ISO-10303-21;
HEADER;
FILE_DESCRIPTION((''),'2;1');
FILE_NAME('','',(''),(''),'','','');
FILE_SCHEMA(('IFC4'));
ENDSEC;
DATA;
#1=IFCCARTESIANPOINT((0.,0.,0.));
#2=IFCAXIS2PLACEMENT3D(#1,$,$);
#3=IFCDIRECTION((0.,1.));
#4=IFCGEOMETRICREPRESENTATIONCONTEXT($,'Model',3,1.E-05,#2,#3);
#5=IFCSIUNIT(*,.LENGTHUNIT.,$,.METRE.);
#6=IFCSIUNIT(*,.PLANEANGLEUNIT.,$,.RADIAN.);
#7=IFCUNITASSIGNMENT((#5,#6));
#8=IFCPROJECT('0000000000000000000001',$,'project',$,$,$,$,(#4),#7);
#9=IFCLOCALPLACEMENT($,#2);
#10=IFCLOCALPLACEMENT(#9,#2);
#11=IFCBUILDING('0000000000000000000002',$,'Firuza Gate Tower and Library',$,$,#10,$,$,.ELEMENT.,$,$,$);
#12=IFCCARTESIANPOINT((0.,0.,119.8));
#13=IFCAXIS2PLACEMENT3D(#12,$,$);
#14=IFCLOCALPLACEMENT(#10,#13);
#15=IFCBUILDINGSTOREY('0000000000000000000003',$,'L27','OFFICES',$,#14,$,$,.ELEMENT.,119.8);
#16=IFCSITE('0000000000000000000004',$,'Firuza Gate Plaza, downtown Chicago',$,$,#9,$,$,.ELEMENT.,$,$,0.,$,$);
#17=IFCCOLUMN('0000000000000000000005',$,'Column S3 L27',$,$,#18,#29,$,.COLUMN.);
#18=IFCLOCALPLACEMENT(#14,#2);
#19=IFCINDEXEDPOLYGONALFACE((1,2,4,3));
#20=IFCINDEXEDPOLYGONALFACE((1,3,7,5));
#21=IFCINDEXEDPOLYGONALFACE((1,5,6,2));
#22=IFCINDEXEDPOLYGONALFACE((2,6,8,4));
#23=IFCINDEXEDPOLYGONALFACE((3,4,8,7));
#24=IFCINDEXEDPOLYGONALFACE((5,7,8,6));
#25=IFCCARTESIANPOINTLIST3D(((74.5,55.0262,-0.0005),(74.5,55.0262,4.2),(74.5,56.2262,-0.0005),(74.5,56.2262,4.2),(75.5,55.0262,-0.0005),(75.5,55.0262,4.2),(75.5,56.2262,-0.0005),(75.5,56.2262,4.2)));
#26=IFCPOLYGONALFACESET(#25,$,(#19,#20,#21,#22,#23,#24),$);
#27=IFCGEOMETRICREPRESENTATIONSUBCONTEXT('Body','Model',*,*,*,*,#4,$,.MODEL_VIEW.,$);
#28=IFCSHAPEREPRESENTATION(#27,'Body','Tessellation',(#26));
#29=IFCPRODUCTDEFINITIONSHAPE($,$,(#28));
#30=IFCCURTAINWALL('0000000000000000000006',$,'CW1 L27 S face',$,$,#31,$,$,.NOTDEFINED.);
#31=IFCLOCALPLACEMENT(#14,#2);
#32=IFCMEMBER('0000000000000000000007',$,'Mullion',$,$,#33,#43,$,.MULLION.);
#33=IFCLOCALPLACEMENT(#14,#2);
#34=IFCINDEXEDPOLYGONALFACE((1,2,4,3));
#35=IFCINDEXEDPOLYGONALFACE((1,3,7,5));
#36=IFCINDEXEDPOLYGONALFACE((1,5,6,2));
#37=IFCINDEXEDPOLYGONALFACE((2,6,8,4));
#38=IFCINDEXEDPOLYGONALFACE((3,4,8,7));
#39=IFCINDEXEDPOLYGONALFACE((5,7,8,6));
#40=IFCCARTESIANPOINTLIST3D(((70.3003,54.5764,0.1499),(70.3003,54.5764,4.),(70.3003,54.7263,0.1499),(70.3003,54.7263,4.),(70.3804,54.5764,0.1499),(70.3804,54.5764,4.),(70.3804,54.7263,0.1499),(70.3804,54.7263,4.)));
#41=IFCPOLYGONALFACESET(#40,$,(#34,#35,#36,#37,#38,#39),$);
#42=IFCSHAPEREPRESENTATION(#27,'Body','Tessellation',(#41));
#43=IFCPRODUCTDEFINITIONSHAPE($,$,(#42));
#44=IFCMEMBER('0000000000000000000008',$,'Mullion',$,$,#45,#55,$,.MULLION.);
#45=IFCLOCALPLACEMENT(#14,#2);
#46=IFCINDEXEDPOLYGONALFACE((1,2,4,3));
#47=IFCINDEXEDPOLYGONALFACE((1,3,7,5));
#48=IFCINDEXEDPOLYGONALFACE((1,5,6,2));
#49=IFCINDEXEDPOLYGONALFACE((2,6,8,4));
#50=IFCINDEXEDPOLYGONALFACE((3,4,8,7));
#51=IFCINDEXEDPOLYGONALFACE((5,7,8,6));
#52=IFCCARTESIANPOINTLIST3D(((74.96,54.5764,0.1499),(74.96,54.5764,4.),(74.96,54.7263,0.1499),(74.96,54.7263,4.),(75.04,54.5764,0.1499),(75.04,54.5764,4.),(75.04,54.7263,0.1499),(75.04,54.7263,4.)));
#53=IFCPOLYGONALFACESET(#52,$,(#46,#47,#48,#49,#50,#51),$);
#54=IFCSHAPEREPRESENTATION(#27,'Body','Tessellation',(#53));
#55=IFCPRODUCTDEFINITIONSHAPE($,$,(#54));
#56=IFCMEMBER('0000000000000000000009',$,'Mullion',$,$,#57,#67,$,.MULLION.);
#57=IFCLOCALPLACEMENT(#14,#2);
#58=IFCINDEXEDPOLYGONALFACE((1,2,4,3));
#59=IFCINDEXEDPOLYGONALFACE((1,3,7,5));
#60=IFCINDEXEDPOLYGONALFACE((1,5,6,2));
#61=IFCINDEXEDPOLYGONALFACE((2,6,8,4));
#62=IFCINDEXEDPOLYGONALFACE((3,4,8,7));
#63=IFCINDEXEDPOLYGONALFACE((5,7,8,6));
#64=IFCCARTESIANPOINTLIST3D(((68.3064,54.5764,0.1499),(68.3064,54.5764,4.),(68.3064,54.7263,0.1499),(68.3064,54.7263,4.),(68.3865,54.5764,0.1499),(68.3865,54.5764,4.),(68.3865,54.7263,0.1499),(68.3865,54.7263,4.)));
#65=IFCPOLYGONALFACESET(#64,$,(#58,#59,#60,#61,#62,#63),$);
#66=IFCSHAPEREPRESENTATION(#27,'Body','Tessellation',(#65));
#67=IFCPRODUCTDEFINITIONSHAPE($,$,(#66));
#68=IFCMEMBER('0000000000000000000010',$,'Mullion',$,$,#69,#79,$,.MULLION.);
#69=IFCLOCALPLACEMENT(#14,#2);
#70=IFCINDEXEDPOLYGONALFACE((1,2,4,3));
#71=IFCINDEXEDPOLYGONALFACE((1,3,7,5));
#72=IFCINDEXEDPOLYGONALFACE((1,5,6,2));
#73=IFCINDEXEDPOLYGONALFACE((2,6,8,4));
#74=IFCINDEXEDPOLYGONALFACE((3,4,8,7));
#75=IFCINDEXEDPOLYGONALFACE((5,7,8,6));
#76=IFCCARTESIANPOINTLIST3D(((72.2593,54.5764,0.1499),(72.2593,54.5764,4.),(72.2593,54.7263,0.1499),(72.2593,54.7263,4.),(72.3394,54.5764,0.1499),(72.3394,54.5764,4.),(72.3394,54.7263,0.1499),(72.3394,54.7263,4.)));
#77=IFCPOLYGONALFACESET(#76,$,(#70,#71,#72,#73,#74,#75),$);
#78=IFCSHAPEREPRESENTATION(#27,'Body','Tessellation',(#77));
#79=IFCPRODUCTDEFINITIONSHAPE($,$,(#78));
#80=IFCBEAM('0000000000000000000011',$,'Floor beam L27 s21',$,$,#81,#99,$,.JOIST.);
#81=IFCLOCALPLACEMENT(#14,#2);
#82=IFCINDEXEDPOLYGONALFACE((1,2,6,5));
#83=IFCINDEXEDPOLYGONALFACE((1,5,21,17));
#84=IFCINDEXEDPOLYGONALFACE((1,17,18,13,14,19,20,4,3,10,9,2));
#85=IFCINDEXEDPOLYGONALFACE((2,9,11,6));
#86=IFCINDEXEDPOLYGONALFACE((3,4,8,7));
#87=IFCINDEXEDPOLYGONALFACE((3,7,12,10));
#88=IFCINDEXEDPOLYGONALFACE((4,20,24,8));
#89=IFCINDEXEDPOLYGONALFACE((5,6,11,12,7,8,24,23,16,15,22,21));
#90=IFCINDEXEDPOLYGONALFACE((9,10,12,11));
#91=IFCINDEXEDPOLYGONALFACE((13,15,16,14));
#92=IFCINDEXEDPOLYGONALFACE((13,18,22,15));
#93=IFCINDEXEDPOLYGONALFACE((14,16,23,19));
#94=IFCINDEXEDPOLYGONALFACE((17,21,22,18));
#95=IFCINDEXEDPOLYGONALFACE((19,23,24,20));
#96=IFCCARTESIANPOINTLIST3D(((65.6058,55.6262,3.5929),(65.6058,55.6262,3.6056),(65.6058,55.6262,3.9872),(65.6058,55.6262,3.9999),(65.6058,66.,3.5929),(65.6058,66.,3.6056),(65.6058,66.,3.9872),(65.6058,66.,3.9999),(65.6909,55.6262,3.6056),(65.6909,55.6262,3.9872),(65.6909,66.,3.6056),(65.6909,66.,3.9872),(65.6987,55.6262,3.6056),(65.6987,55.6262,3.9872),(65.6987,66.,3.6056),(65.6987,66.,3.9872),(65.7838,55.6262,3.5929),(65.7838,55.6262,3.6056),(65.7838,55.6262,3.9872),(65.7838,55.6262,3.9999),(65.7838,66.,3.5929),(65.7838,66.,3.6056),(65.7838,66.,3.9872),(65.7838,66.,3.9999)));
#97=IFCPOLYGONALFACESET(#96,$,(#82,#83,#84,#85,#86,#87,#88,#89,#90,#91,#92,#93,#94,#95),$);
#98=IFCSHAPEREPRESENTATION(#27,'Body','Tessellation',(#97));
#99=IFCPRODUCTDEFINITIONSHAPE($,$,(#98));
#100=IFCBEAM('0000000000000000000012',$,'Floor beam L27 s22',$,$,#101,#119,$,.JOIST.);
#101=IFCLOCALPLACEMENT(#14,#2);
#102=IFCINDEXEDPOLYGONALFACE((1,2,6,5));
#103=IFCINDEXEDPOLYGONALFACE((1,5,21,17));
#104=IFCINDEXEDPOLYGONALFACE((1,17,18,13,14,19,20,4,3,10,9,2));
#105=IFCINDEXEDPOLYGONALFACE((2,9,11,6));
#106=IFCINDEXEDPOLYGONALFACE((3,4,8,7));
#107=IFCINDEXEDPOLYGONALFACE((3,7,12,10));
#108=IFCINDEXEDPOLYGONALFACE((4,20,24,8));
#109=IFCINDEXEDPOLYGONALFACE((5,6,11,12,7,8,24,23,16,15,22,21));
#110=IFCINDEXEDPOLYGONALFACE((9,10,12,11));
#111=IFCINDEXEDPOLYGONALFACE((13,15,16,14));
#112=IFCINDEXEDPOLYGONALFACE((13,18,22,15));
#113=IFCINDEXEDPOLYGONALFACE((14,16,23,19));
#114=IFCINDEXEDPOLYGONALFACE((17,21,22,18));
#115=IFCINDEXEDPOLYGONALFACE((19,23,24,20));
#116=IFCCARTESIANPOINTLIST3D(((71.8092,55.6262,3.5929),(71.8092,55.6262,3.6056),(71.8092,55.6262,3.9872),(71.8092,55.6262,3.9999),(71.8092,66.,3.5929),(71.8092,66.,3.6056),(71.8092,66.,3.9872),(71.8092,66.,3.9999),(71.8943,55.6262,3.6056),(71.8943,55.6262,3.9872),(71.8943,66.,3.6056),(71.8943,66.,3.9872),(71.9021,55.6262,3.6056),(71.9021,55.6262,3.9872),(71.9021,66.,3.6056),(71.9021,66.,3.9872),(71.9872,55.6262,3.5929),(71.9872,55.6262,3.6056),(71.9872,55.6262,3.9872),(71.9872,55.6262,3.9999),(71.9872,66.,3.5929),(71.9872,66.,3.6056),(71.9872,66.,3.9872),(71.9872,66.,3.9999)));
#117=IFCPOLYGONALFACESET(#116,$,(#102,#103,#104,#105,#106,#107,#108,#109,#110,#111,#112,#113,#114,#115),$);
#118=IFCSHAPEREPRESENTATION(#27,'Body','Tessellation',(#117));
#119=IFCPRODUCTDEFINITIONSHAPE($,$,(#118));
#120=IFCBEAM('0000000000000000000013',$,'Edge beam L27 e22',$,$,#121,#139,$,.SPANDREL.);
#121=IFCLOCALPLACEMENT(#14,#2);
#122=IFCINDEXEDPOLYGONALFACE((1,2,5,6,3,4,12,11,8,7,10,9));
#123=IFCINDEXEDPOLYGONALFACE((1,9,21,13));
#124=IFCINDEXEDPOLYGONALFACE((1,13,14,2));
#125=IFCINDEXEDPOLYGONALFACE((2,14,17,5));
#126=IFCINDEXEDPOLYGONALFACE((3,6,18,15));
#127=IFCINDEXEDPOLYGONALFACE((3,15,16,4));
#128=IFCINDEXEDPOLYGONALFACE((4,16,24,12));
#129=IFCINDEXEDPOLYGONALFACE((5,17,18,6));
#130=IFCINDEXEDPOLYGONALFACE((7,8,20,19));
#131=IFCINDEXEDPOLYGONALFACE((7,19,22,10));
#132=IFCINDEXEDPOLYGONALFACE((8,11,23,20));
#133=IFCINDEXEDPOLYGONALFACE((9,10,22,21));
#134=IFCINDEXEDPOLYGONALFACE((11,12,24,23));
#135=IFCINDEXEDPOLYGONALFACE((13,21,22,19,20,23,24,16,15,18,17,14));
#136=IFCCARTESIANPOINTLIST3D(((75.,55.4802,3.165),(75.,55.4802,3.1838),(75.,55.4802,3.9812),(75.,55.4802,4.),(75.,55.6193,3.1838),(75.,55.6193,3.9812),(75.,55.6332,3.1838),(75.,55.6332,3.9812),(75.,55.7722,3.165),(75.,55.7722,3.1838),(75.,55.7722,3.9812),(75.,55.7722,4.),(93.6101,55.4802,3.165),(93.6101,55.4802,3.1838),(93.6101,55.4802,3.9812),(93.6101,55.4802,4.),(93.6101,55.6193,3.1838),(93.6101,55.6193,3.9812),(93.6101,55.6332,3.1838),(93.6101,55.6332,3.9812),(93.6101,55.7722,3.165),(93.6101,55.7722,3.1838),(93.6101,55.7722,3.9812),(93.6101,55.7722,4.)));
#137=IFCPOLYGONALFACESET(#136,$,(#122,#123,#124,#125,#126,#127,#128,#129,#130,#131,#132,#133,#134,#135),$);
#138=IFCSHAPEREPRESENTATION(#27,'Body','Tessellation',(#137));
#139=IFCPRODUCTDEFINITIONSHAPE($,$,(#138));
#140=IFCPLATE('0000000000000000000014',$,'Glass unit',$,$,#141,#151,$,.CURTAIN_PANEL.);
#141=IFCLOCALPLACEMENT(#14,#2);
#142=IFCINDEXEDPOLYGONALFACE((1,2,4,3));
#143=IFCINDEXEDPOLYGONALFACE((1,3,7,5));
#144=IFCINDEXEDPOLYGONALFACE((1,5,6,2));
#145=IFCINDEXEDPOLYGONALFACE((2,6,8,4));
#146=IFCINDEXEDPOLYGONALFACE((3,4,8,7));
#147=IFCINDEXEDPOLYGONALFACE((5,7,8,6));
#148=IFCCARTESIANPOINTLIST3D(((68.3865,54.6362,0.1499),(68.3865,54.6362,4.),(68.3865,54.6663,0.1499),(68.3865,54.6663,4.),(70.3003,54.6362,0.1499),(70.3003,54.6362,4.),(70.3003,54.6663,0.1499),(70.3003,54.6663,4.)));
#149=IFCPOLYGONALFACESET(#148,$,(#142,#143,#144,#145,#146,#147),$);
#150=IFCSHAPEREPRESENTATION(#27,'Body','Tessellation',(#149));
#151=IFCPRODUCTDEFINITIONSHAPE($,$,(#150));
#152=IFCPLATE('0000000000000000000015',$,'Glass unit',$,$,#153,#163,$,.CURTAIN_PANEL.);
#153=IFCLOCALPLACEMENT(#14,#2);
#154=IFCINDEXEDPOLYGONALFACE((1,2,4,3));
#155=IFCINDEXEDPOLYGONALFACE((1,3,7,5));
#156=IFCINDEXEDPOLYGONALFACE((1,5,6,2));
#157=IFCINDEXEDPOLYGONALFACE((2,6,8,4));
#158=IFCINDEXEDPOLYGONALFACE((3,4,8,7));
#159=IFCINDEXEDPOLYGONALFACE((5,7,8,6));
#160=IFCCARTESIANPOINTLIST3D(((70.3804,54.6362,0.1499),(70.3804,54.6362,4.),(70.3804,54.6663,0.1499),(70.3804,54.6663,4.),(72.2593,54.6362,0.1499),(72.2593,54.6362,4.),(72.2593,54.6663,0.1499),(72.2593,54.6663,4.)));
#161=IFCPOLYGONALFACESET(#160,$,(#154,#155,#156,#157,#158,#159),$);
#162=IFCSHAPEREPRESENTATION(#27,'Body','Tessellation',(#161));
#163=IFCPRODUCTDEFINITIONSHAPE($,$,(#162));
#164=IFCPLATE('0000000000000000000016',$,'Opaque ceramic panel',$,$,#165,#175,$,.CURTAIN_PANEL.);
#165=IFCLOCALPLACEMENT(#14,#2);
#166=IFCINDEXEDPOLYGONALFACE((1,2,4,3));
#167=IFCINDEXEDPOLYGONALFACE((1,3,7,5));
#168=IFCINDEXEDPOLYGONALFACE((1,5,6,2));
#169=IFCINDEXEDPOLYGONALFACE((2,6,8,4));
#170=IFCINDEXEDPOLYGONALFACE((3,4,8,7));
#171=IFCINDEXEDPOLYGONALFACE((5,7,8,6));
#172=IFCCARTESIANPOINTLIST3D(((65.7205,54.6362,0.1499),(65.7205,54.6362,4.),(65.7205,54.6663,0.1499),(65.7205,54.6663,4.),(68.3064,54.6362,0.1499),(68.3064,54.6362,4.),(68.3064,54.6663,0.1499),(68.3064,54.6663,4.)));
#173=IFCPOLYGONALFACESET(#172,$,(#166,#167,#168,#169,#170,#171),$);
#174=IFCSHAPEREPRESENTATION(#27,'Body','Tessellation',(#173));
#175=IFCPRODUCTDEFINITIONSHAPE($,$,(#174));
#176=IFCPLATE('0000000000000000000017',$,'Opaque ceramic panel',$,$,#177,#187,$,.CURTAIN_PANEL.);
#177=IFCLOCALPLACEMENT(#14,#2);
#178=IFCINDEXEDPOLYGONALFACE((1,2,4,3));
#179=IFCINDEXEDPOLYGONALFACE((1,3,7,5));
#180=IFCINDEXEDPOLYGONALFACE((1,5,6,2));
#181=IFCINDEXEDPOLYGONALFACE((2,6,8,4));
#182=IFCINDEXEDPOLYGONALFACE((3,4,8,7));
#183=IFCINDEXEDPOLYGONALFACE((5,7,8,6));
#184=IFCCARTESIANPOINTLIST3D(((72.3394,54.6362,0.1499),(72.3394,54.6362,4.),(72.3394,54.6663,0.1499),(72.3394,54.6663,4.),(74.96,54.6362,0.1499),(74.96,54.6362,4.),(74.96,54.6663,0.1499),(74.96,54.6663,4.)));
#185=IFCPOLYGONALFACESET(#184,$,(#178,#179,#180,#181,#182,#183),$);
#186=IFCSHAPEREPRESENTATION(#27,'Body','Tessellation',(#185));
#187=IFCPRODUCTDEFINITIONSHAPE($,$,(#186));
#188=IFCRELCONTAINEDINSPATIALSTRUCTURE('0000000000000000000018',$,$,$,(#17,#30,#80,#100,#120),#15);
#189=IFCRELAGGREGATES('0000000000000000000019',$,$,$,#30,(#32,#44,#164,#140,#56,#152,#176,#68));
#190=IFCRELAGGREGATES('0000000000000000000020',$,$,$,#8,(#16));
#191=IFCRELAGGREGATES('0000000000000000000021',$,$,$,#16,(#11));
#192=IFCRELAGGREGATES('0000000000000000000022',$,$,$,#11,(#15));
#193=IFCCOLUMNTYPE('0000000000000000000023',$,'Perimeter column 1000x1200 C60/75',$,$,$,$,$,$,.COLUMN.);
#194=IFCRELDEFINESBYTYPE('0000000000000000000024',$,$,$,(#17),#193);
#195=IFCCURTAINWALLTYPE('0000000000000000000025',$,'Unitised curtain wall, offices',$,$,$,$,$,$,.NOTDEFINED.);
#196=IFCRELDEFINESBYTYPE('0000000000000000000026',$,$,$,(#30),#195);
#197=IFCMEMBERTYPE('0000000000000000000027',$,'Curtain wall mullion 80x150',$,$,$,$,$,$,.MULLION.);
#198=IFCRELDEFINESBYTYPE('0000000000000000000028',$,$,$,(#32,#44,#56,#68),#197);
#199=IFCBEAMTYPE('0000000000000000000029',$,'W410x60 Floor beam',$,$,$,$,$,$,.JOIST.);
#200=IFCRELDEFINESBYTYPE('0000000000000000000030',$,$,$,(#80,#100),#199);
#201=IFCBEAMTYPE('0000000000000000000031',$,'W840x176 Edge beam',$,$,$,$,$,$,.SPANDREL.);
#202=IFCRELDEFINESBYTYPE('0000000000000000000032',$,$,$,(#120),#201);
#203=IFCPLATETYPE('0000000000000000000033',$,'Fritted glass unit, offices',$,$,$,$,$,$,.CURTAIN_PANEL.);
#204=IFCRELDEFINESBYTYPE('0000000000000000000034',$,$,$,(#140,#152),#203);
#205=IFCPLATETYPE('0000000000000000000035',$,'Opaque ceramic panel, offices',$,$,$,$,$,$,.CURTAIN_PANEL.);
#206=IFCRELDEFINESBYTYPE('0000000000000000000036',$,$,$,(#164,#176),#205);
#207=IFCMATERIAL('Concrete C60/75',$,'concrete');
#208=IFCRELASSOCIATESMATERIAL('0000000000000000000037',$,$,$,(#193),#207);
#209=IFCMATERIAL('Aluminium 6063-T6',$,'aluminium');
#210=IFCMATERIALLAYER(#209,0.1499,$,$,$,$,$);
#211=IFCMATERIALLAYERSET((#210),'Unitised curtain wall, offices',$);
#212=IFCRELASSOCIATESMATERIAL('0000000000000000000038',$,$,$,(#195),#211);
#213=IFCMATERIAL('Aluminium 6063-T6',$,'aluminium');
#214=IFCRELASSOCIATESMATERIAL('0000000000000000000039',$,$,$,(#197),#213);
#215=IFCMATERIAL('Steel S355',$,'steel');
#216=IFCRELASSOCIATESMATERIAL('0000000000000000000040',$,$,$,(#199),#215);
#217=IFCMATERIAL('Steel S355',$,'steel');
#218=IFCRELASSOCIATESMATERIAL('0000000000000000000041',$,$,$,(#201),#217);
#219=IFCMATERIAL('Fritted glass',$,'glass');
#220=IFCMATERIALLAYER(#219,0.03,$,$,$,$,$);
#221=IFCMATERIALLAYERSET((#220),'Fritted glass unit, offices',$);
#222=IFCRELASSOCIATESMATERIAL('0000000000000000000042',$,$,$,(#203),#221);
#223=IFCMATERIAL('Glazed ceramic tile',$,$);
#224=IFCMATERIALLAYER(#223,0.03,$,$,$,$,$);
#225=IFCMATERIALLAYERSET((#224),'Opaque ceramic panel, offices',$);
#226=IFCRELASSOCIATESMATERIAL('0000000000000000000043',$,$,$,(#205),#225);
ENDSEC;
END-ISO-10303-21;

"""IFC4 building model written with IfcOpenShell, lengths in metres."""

from ifc_helpers import new_model, si_unit, direction, frame, origin, origin_2d, place, context, subcontext, project, spatial, polyline, rectangle, i_section, outline, extrude, material, layer, layer_set, material_profile, profile_set, type_object, element, aggregate, save


model = new_model("IFC4")

# Units and contexts
model_context = context("Model", 3, precision=1e-05, world=origin(), true_north=direction((0.0, 1.0)))
body_context = subcontext(model_context, "Body", "Model", "MODEL_VIEW")
ifc_project = project(units=[si_unit("LENGTHUNIT", "METRE"), si_unit("PLANEANGLEUNIT", "RADIAN")], contexts=[model_context])

# Site, building, storey
site_placement = place(None, origin())
site = spatial("IfcSite", under=ifc_project, at=site_placement, Name="Firuza Gate Plaza, downtown Chicago", CompositionType="ELEMENT", RefElevation=0.0)
building_placement = place(site_placement, origin())
building = spatial("IfcBuilding", under=site, at=building_placement, Name="Firuza Gate Tower and Library", CompositionType="ELEMENT")
storey_placement = place(building_placement, frame((0.0, 0.0, 119.8)))
storey = spatial("IfcBuildingStorey", under=building, at=storey_placement, Name="L27", Description="OFFICES", CompositionType="ELEMENT", Elevation=119.8)

# Column
ifc_material_1 = material(Name="Concrete C60/75", Category="concrete")
ifc_material_profile_1 = material_profile(ifc_material_1, rectangle(XDim=1.0, YDim=1.2, at=origin_2d()))
ifc_profile_set_1 = profile_set([ifc_material_profile_1], Name="Concrete C60/75")
column_type = type_object("IfcColumnType", Name="Perimeter column 1000x1200 C60/75", PredefinedType="COLUMN", material=ifc_profile_set_1)
column_placement = place(storey_placement, frame((75.0, 55.6262, -0.0005), z_axis=(0.0, 0.0, 1.0), x_axis=(1.0, 0.0, 0.0)))
element("IfcColumn", 1, at=column_placement, inside=storey, type_object=column_type, Name="Column S3 L27", PredefinedType="COLUMN", context=body_context, shape_type="SweptSolid", body=[
    extrude(rectangle(XDim=1.0, YDim=1.2, at=origin_2d()), origin(), (0.0, 0.0, 1.0), 4.2004),
])

# Curtain wall, members
ifc_material_2 = material(Name="Aluminium 6063-T6", Category="aluminium")
ifc_layer_1 = layer(ifc_material_2, 0.1499)
ifc_layer_set_1 = layer_set([ifc_layer_1], Name="Unitised curtain wall, offices")
curtain_wall_type = type_object("IfcCurtainWallType", Name="Unitised curtain wall, offices", PredefinedType="NOTDEFINED", material=ifc_layer_set_1)
curtain_wall_placement = place(storey_placement, origin())
curtain_wall = element("IfcCurtainWall", 2, at=curtain_wall_placement, inside=storey, type_object=curtain_wall_type, Name="CW1 L27 S face", PredefinedType="NOTDEFINED")
ifc_material_3 = material(Name="Aluminium 6063-T6", Category="aluminium")
ifc_material_profile_2 = material_profile(ifc_material_3, rectangle(XDim=0.1499, YDim=0.0801, at=origin_2d()))
ifc_profile_set_2 = profile_set([ifc_material_profile_2], Name="Aluminium 6063-T6")
member_type = type_object("IfcMemberType", Name="Curtain wall mullion 80x150", PredefinedType="MULLION", material=ifc_profile_set_2)
member_1_placement = place(storey_placement, frame((70.3403, 54.6514, 0.1499), z_axis=(0.0, 0.0, 1.0), x_axis=(0.0, 1.0, 0.0)))
member_1 = element("IfcMember", 3, at=member_1_placement, type_object=member_type, Name="Mullion", PredefinedType="MULLION", context=body_context, shape_type="SweptSolid", body=[
    extrude(rectangle(XDim=0.1499, YDim=0.0801, at=origin_2d()), origin(), (0.0, 0.0, 1.0), 3.8501),
])
member_2_placement = place(storey_placement, frame((75.0, 54.6514, 0.1499), z_axis=(0.0, 0.0, 1.0), x_axis=(0.0, 1.0, 0.0)))
member_2 = element("IfcMember", 4, at=member_2_placement, type_object=member_type, Name="Mullion", PredefinedType="MULLION", context=body_context, shape_type="SweptSolid", body=[
    extrude(rectangle(XDim=0.1499, YDim=0.0801, at=origin_2d()), origin(), (0.0, 0.0, 1.0), 3.8501),
])
member_3_placement = place(storey_placement, frame((68.3464, 54.6514, 0.1499), z_axis=(0.0, 0.0, 1.0), x_axis=(0.0, 1.0, 0.0)))
member_3 = element("IfcMember", 5, at=member_3_placement, type_object=member_type, Name="Mullion", PredefinedType="MULLION", context=body_context, shape_type="SweptSolid", body=[
    extrude(rectangle(XDim=0.1499, YDim=0.0801, at=origin_2d()), origin(), (0.0, 0.0, 1.0), 3.8501),
])
member_4_placement = place(storey_placement, frame((72.2993, 54.6514, 0.1499), z_axis=(0.0, 0.0, 1.0), x_axis=(0.0, 1.0, 0.0)))
member_4 = element("IfcMember", 6, at=member_4_placement, type_object=member_type, Name="Mullion", PredefinedType="MULLION", context=body_context, shape_type="SweptSolid", body=[
    extrude(rectangle(XDim=0.1499, YDim=0.0801, at=origin_2d()), origin(), (0.0, 0.0, 1.0), 3.8501),
])

# Beams
ifc_material_4 = material(Name="Steel S355", Category="steel")
ifc_material_profile_3 = material_profile(ifc_material_4, i_section(OverallWidth=0.178, OverallDepth=0.407, WebThickness=0.0078, FlangeThickness=0.0127, at=origin_2d()))
ifc_profile_set_3 = profile_set([ifc_material_profile_3], Name="Steel S355")
beam_type_1 = type_object("IfcBeamType", Name="W410x60 Floor beam", PredefinedType="JOIST", material=ifc_profile_set_3)
for number, where, z_axis, x_axis, name in (
    (7, (65.6948, 55.6262, 3.7964), (0.0, 1.0, 0.0), (-1.0, 0.0, 0.0), "Floor beam L27 s21"),
    (8, (71.8982, 55.6262, 3.7964), (0.0, 1.0, 0.0), (-1.0, 0.0, 0.0), "Floor beam L27 s22"),
):
    element("IfcBeam", number, at=place(storey_placement, frame(where, z_axis=z_axis, x_axis=x_axis)), inside=storey, type_object=beam_type_1, Name=name, PredefinedType="JOIST", context=body_context, shape_type="SweptSolid", body=[
        extrude(i_section(OverallWidth=0.178, OverallDepth=0.407, WebThickness=0.0078, FlangeThickness=0.0127, at=origin_2d()), origin(), (0.0, 0.0, 1.0), 10.3738),
    ])
ifc_material_5 = material(Name="Steel S355", Category="steel")
ifc_material_profile_4 = material_profile(ifc_material_5, i_section(OverallWidth=0.292, OverallDepth=0.835, WebThickness=0.0139, FlangeThickness=0.0188, at=origin_2d()))
ifc_profile_set_4 = profile_set([ifc_material_profile_4], Name="Steel S355")
beam_type_2 = type_object("IfcBeamType", Name="W840x176 Edge beam", PredefinedType="SPANDREL", material=ifc_profile_set_4)
beam_placement = place(storey_placement, frame((75.0, 55.6262, 3.5825), z_axis=(1.0, 0.0, 0.0), x_axis=(0.0, 1.0, 0.0)))
element("IfcBeam", 9, at=beam_placement, inside=storey, type_object=beam_type_2, Name="Edge beam L27 e22", PredefinedType="SPANDREL", context=body_context, shape_type="SweptSolid", body=[
    extrude(i_section(OverallWidth=0.292, OverallDepth=0.835, WebThickness=0.0139, FlangeThickness=0.0188, at=origin_2d()), origin(), (0.0, 0.0, 1.0), 18.6101),
])

# Plates
ifc_material_6 = material(Name="Fritted glass", Category="glass")
ifc_layer_2 = layer(ifc_material_6, 0.03)
ifc_layer_set_2 = layer_set([ifc_layer_2], Name="Fritted glass unit, offices")
plate_type_1 = type_object("IfcPlateType", Name="Fritted glass unit, offices", PredefinedType="CURTAIN_PANEL", material=ifc_layer_set_2)
plate_1_placement = place(storey_placement, frame((68.3865, 54.6362, 0.1499), z_axis=(0.0, -1.0, 0.0), x_axis=(1.0, 0.0, 0.0)))
plate_1 = element("IfcPlate", 10, at=plate_1_placement, type_object=plate_type_1, Name="Glass unit", PredefinedType="CURTAIN_PANEL", context=body_context, shape_type="SweptSolid", body=[
    extrude(outline(polyline([(0.0, 0.0), (1.9138, 0.0), (1.9138, 3.8501), (0.0, 3.8501), (0.0, 0.0)])), origin(), (0.0, 0.0, -1.0), 0.03),
])
plate_2_placement = place(storey_placement, frame((70.3804, 54.6362, 0.1499), z_axis=(0.0, -1.0, 0.0), x_axis=(1.0, 0.0, 0.0)))
plate_2 = element("IfcPlate", 11, at=plate_2_placement, type_object=plate_type_1, Name="Glass unit", PredefinedType="CURTAIN_PANEL", context=body_context, shape_type="SweptSolid", body=[
    extrude(outline(polyline([(0.0, 0.0), (1.8789, 0.0), (1.8789, 3.8501), (0.0, 3.8501), (0.0, 0.0)])), origin(), (0.0, 0.0, -1.0), 0.03),
])
ifc_material_7 = material(Name="Glazed ceramic tile")
ifc_layer_3 = layer(ifc_material_7, 0.03)
ifc_layer_set_3 = layer_set([ifc_layer_3], Name="Opaque ceramic panel, offices")
plate_type_2 = type_object("IfcPlateType", Name="Opaque ceramic panel, offices", PredefinedType="CURTAIN_PANEL", material=ifc_layer_set_3)
plate_3_placement = place(storey_placement, frame((65.7205, 54.6362, 0.1499), z_axis=(0.0, -1.0, 0.0), x_axis=(1.0, 0.0, 0.0)))
plate_3 = element("IfcPlate", 12, at=plate_3_placement, type_object=plate_type_2, Name="Opaque ceramic panel", PredefinedType="CURTAIN_PANEL", context=body_context, shape_type="SweptSolid", body=[
    extrude(outline(polyline([(0.0, 0.0), (2.5859, 0.0), (2.5859, 3.8501), (0.0, 3.8501), (0.0, 0.0)])), origin(), (0.0, 0.0, -1.0), 0.03),
])
plate_4_placement = place(storey_placement, frame((72.3394, 54.6362, 0.1499), z_axis=(0.0, -1.0, 0.0), x_axis=(1.0, 0.0, 0.0)))
plate_4 = element("IfcPlate", 13, at=plate_4_placement, type_object=plate_type_2, Name="Opaque ceramic panel", PredefinedType="CURTAIN_PANEL", context=body_context, shape_type="SweptSolid", body=[
    extrude(outline(polyline([(0.0, 0.0), (2.6206, 0.0), (2.6206, 3.8501), (0.0, 3.8501), (0.0, 0.0)])), origin(), (0.0, 0.0, -1.0), 0.03),
])
aggregate(curtain_wall, [member_1, member_2, plate_3, plate_1, member_3, plate_2, plate_4, member_4])

save(model, "model.ifc")
